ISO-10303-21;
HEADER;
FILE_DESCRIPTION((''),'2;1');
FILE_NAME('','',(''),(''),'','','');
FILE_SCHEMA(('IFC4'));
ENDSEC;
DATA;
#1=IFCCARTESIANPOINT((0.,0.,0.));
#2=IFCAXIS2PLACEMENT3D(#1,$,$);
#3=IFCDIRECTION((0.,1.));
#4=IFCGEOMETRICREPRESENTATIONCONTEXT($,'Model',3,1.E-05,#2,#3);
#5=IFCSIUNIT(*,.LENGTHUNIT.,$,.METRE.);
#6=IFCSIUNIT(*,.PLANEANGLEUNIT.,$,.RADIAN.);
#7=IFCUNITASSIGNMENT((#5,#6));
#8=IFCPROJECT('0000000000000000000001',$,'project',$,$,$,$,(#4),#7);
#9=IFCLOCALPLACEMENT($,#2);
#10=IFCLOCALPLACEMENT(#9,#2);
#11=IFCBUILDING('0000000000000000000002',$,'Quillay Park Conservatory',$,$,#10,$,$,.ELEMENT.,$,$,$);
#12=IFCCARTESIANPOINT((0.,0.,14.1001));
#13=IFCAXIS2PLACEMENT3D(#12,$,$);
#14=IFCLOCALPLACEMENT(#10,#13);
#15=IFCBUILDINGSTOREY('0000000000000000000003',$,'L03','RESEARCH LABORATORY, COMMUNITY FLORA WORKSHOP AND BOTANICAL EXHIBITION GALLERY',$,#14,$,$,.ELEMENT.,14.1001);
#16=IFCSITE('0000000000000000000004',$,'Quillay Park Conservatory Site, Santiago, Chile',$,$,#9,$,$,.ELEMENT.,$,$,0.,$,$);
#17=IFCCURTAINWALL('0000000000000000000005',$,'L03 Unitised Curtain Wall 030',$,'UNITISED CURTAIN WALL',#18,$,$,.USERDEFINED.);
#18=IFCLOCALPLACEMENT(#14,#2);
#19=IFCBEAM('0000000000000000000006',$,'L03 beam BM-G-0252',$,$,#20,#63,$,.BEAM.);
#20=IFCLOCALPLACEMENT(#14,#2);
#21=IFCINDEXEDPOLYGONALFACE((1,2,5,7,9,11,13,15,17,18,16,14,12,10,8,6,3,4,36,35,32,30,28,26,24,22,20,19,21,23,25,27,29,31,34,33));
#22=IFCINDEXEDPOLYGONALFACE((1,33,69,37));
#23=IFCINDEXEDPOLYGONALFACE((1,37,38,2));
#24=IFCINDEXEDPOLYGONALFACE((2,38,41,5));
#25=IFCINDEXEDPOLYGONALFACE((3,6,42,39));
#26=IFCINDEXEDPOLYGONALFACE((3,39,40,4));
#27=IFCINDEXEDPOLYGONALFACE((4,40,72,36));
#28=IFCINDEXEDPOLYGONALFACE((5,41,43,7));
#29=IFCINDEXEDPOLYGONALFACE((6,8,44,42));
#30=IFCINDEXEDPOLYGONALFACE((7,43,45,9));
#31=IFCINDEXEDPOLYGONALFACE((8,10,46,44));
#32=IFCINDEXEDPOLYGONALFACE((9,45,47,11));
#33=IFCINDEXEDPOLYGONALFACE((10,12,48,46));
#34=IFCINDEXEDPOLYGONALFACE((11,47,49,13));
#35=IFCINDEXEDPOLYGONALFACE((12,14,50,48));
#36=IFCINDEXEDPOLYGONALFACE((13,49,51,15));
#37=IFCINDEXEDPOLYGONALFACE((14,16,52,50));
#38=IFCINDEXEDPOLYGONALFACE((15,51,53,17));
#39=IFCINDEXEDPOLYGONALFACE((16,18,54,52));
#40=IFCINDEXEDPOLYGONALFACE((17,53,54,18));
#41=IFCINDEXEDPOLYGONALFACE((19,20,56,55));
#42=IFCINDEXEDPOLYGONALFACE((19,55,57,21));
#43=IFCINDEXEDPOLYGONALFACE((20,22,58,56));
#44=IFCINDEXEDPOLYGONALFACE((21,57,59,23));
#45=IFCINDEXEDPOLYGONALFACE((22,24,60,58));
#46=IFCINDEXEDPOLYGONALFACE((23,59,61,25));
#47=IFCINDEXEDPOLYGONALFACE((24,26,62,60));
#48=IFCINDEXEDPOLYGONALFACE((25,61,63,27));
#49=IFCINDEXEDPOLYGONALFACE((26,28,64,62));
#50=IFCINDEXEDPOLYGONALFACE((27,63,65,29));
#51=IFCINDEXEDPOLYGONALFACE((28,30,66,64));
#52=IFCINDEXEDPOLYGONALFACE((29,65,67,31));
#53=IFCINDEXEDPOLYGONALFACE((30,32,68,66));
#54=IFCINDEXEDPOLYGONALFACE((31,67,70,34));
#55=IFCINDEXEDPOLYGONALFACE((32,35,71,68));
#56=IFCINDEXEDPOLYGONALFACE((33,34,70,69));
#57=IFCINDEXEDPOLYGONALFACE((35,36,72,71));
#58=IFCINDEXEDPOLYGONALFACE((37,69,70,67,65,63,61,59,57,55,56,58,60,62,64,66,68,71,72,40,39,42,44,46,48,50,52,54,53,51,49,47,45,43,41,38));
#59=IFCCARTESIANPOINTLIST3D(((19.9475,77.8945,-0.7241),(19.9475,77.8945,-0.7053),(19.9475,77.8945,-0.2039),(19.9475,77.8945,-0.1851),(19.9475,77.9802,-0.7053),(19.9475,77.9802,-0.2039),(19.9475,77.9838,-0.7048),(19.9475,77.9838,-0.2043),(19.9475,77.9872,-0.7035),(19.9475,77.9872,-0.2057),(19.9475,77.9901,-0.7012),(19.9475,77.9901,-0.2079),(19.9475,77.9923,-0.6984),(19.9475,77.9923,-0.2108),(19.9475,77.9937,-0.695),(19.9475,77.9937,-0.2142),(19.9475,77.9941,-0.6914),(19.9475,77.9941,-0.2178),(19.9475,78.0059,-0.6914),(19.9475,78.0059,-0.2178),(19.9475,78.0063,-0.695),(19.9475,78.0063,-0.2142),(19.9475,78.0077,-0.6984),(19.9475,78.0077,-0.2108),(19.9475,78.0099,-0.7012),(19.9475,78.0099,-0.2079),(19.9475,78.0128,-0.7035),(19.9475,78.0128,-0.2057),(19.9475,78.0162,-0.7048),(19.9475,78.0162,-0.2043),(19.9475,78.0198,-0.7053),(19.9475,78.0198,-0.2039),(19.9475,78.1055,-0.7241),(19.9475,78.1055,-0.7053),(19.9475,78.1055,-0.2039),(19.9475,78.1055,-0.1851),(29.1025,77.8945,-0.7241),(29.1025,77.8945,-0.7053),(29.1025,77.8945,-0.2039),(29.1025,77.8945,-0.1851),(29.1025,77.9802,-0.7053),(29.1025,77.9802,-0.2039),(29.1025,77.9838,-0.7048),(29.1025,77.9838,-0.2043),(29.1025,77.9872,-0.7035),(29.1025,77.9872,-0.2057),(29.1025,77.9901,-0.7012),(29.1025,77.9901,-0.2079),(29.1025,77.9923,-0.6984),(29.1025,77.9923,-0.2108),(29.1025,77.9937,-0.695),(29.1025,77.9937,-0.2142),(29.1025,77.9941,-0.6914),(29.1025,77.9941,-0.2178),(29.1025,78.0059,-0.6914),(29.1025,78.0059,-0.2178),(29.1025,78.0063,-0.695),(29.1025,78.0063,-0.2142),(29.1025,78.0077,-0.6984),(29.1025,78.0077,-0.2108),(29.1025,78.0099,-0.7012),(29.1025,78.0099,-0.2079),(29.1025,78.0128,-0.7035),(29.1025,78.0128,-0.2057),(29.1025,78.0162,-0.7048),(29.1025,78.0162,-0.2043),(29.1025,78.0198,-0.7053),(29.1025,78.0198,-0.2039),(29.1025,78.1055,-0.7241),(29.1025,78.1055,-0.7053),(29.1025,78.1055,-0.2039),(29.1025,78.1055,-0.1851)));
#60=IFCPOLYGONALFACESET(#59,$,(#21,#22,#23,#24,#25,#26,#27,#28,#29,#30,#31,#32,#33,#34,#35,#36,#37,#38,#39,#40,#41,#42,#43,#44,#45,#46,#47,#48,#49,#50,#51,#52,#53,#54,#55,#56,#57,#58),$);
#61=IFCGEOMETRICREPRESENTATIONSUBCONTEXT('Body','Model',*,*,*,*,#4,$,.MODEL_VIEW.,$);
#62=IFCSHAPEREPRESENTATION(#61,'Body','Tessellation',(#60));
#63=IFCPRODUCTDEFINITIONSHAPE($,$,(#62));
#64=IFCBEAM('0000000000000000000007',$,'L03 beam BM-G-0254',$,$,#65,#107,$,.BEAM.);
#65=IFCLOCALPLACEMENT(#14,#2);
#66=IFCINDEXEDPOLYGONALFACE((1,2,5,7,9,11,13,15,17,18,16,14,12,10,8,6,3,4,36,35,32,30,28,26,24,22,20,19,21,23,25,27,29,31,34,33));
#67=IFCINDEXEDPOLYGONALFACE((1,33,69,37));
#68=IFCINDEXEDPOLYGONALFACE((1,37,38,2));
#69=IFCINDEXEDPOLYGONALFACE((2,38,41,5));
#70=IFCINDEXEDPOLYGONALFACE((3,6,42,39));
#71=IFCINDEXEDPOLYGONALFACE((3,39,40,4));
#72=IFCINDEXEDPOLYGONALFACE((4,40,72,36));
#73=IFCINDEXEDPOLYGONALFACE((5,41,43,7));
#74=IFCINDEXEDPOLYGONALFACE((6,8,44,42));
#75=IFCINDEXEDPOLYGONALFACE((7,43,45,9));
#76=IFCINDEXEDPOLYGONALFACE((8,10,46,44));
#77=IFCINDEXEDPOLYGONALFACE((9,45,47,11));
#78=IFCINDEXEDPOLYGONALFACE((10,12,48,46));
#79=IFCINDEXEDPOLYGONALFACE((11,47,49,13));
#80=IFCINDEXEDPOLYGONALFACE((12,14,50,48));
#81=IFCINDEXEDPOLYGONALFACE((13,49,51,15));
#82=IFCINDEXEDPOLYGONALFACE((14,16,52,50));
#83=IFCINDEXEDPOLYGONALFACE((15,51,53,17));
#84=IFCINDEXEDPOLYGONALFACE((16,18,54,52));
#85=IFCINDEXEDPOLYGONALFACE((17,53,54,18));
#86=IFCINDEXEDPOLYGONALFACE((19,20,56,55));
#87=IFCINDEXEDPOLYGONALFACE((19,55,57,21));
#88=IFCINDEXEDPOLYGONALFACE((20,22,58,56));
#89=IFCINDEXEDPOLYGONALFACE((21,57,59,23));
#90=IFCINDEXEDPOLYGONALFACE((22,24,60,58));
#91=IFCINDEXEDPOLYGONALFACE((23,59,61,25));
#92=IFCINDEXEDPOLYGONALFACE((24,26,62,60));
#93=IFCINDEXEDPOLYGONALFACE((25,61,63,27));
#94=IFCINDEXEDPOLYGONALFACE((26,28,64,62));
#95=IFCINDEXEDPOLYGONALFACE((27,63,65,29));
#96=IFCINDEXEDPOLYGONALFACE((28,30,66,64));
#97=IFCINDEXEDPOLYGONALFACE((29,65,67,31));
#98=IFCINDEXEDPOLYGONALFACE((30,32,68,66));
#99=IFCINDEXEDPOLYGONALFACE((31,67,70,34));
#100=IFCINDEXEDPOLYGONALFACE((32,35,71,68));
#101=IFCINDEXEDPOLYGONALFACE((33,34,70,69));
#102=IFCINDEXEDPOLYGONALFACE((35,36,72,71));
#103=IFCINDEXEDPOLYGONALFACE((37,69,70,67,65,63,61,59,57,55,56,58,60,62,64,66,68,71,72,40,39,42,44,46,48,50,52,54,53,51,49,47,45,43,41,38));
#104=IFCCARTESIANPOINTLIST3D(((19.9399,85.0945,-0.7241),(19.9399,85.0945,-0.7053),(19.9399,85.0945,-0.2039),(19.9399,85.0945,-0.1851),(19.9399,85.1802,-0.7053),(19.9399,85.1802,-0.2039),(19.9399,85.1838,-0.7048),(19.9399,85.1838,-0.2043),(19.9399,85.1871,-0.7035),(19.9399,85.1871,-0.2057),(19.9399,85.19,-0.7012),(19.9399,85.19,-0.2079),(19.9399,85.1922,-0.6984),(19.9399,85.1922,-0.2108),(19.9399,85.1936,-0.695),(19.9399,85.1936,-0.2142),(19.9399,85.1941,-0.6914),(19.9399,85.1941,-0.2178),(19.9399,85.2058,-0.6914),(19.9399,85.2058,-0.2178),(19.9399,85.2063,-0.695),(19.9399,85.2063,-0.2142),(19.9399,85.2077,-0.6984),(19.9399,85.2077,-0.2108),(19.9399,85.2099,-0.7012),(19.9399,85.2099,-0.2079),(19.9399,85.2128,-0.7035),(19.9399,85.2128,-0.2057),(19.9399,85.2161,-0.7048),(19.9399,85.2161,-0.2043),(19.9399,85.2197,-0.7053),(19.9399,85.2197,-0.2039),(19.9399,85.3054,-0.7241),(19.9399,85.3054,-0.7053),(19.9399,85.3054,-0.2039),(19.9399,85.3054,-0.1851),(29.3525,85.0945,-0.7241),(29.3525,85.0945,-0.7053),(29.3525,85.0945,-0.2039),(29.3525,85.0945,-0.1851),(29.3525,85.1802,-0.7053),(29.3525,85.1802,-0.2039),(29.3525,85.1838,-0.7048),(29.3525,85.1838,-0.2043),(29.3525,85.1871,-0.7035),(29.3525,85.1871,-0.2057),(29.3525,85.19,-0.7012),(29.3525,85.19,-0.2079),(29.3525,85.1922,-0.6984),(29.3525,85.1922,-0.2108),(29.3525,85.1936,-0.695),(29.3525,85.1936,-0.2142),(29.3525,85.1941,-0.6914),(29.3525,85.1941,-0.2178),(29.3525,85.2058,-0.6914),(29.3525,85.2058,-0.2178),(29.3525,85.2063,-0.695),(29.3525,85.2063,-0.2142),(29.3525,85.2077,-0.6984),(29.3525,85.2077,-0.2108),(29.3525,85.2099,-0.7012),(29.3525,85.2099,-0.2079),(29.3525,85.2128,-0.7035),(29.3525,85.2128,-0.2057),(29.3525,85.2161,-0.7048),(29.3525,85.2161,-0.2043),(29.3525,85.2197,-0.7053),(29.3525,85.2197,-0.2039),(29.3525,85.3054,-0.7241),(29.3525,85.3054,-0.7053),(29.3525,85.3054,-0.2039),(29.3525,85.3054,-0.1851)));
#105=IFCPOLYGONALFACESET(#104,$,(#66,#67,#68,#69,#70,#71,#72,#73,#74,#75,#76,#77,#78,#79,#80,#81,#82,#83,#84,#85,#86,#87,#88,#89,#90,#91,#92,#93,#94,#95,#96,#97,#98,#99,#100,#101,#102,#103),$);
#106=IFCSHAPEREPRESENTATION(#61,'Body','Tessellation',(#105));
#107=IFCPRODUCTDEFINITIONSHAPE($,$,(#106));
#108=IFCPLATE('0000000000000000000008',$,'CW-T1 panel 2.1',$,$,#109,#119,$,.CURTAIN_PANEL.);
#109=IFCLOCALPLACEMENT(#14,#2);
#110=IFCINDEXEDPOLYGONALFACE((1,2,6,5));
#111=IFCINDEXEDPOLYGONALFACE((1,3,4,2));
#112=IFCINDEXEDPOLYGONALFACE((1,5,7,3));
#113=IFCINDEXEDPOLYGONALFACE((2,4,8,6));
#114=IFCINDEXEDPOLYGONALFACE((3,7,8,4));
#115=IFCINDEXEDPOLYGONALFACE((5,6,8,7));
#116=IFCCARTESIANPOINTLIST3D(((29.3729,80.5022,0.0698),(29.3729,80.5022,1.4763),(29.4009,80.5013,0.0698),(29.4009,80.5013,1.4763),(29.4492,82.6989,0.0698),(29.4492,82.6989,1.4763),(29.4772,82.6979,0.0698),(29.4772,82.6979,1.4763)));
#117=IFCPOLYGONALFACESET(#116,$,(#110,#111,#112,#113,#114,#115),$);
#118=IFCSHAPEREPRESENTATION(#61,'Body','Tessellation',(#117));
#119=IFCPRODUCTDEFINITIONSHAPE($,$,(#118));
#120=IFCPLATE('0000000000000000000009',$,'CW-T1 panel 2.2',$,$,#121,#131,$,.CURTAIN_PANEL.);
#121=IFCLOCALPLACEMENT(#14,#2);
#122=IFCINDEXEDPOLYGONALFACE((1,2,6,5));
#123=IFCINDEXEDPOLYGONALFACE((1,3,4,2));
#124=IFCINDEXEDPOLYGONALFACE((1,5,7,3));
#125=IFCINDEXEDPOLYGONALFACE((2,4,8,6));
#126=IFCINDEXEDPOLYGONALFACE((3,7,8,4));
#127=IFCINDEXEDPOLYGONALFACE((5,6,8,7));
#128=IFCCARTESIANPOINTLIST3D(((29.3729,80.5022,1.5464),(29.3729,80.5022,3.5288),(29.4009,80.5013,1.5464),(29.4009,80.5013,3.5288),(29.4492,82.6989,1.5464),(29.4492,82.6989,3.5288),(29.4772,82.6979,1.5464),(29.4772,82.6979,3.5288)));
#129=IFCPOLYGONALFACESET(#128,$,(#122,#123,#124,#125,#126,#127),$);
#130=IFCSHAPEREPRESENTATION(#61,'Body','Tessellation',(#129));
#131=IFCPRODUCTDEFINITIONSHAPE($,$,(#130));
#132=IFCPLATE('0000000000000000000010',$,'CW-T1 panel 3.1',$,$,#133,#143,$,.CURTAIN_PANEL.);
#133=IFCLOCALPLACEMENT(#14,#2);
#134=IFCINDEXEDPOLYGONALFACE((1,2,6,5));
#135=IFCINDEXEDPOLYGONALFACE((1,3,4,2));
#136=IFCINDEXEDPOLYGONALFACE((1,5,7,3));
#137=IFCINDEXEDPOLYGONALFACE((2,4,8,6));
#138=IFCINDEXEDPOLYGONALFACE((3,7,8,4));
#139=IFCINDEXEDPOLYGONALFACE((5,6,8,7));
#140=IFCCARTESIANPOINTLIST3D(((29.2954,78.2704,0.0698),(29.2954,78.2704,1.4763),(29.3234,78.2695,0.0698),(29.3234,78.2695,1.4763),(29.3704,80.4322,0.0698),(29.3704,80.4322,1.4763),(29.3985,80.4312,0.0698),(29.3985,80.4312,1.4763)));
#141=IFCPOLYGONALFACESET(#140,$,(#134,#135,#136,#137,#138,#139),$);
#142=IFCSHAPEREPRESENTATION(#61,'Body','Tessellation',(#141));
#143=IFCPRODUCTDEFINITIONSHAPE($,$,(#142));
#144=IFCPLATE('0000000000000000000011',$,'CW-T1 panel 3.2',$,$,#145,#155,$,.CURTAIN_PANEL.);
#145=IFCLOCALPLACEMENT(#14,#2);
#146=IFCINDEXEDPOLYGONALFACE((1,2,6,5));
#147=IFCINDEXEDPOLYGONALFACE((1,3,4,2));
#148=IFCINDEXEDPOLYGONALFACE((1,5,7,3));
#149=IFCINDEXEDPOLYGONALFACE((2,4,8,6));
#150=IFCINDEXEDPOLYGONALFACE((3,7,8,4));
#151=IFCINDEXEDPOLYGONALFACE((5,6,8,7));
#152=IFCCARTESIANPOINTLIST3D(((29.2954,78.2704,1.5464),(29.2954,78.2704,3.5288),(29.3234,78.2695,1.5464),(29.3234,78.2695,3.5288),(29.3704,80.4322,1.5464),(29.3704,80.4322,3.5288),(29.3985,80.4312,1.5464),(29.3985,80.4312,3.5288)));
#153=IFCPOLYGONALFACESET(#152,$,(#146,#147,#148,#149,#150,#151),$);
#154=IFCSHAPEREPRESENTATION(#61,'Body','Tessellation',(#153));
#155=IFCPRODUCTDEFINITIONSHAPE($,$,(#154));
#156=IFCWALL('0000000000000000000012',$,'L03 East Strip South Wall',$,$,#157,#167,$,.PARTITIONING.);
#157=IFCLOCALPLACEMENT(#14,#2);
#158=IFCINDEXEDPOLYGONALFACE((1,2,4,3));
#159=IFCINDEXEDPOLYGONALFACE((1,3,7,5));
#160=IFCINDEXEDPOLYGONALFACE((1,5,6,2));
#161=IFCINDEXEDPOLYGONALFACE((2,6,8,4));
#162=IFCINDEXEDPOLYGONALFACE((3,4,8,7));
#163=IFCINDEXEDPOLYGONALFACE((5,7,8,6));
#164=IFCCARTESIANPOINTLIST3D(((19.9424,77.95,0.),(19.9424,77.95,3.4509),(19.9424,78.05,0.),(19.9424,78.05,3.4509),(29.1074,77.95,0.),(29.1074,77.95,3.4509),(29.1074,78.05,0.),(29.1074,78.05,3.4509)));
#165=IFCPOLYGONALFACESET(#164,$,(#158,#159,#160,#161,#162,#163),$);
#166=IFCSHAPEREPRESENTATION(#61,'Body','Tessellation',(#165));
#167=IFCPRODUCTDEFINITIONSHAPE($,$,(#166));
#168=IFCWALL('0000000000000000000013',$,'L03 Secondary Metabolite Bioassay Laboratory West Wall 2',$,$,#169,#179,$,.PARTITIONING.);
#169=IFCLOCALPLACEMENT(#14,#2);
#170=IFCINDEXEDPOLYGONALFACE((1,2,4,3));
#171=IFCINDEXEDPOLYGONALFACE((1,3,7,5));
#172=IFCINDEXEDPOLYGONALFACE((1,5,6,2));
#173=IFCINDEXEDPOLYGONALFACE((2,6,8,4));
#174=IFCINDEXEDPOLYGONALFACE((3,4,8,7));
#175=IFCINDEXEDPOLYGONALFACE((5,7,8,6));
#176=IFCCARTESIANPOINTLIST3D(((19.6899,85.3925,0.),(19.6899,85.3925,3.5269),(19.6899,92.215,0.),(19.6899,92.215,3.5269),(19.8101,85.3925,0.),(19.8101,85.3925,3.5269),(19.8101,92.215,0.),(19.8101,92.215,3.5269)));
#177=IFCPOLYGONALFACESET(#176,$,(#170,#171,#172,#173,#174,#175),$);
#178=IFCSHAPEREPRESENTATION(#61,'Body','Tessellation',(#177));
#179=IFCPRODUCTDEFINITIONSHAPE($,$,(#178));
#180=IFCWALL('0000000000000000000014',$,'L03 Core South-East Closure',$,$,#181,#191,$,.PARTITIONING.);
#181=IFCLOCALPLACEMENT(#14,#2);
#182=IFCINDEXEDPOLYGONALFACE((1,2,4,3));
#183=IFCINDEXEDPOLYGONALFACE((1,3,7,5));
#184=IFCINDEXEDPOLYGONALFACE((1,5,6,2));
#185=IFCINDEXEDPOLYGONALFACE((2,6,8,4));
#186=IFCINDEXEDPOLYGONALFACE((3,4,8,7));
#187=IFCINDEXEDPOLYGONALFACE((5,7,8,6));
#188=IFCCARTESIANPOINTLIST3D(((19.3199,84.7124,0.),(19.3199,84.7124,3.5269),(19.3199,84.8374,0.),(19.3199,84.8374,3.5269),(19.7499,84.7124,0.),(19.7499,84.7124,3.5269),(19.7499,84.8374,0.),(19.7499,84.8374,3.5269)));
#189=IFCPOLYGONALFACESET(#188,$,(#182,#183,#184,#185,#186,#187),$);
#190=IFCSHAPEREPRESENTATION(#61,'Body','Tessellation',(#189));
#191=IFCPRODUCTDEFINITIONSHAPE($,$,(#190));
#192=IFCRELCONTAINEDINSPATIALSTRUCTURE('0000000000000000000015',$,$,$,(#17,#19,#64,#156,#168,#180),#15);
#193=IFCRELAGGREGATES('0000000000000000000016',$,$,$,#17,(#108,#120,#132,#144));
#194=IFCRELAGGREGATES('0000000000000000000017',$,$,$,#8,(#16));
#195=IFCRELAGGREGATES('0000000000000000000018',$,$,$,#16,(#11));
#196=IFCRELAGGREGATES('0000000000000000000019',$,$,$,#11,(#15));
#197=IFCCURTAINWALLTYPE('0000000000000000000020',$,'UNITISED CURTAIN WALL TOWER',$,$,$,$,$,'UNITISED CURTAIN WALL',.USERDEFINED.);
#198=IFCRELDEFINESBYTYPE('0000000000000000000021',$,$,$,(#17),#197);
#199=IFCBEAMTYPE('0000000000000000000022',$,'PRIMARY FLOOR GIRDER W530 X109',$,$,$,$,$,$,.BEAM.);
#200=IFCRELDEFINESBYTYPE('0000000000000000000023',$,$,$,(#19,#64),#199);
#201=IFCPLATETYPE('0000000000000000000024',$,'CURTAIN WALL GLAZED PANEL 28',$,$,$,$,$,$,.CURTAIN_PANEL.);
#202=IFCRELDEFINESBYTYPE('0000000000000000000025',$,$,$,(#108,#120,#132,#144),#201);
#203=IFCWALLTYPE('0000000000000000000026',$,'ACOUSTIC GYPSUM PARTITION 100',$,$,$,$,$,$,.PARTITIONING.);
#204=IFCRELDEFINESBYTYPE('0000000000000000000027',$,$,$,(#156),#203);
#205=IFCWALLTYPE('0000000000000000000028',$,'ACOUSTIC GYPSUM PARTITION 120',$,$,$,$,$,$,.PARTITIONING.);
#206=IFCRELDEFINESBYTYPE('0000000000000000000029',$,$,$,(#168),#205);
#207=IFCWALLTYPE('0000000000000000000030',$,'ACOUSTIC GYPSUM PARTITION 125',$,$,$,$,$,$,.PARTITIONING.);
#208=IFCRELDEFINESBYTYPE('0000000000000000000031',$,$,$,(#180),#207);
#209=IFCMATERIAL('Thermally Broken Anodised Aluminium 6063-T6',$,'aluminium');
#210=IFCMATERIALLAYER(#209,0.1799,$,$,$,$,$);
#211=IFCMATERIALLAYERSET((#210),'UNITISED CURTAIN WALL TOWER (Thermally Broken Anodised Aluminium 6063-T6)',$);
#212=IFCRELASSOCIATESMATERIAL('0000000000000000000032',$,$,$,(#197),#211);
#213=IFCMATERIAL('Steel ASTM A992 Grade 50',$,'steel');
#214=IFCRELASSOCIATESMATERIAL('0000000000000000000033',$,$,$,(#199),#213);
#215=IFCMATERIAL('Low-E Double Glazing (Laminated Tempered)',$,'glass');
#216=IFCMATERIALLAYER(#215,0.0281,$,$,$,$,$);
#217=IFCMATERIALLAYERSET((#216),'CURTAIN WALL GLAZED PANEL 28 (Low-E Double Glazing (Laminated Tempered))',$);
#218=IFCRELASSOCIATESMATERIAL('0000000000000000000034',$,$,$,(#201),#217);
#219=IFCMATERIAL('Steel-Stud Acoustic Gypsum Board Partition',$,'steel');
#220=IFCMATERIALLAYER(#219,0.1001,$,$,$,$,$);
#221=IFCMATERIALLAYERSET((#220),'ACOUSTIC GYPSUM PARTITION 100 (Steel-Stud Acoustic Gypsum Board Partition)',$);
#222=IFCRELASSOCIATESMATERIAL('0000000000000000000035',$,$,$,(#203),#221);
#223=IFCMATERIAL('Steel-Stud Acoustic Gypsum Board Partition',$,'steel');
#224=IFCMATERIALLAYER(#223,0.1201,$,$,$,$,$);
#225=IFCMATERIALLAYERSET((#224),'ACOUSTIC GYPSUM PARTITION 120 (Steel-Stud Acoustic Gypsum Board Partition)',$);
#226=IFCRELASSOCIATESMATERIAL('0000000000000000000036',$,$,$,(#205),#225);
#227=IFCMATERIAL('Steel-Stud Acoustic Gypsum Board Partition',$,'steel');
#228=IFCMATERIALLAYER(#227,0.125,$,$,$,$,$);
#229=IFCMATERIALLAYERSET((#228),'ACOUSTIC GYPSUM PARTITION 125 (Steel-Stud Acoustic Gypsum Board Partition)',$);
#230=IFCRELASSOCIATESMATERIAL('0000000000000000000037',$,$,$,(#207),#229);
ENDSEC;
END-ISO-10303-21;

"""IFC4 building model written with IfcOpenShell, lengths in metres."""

from ifc_helpers import new_model, si_unit, direction, frame, frame_2d, origin, origin_2d, place, context, subcontext, project, spatial, rectangle, i_section, extrude, material, layer, layer_set, material_profile, profile_set, type_object, element, aggregate, save


model = new_model("IFC4")

# Units and contexts
model_context = context("Model", 3, precision=1e-05, world=origin(), true_north=direction((0.0, 1.0)))
body_context = subcontext(model_context, "Body", "Model", "MODEL_VIEW")
ifc_project = project(units=[si_unit("LENGTHUNIT", "METRE"), si_unit("PLANEANGLEUNIT", "RADIAN")], contexts=[model_context])

# Site, building, storey
site_placement = place(None, origin())
site = spatial("IfcSite", under=ifc_project, at=site_placement, Name="Quillay Park Conservatory Site, Santiago, Chile", CompositionType="ELEMENT", RefElevation=0.0)
building_placement = place(site_placement, origin())
building = spatial("IfcBuilding", under=site, at=building_placement, Name="Quillay Park Conservatory", CompositionType="ELEMENT")
storey_placement = place(building_placement, frame((0.0, 0.0, 14.1001)))
storey = spatial("IfcBuildingStorey", under=building, at=storey_placement, Name="L03", Description="RESEARCH LABORATORY, COMMUNITY FLORA WORKSHOP AND BOTANICAL EXHIBITION GALLERY", CompositionType="ELEMENT", Elevation=14.1001)

# Curtain wall
ifc_material_1 = material(Name="Thermally Broken Anodised Aluminium 6063-T6", Category="aluminium")
ifc_layer_1 = layer(ifc_material_1, 0.1799)
ifc_layer_set_1 = layer_set([ifc_layer_1], Name="UNITISED CURTAIN WALL TOWER (Thermally Broken Anodised Aluminium 6063-T6)")
curtain_wall_type = type_object("IfcCurtainWallType", Name="UNITISED CURTAIN WALL TOWER", ElementType="UNITISED CURTAIN WALL", PredefinedType="USERDEFINED", material=ifc_layer_set_1)
curtain_wall_placement = place(storey_placement, origin())
curtain_wall = element("IfcCurtainWall", 1, at=curtain_wall_placement, inside=storey, type_object=curtain_wall_type, Name="L03 Unitised Curtain Wall 030", ObjectType="UNITISED CURTAIN WALL", PredefinedType="USERDEFINED")

# Beams
ifc_material_2 = material(Name="Steel ASTM A992 Grade 50", Category="steel")
ifc_material_profile_1 = material_profile(ifc_material_2, i_section(OverallWidth=0.2109, OverallDepth=0.5391, WebThickness=0.0117, FlangeThickness=0.0188, FilletRadius=0.0139, at=origin_2d()), Name="W530x109")
ifc_profile_set_1 = profile_set([ifc_material_profile_1], Name="Steel ASTM A992 Grade 50")
beam_type_1 = type_object("IfcBeamType", Name="PRIMARY FLOOR GIRDER W530 X109", PredefinedType="BEAM", material=ifc_profile_set_1)
beam_1_placement = place(storey_placement, frame((19.9475, 78.0, -0.4546), z_axis=(1.0, 0.0, 0.0), x_axis=(0.0, 1.0, 0.0)))
element("IfcBeam", 2, at=beam_1_placement, inside=storey, type_object=beam_type_1, Name="L03 beam BM-G-0252", PredefinedType="BEAM", context=body_context, shape_type="SweptSolid", body=[
    extrude(i_section(OverallWidth=0.2109, OverallDepth=0.5391, WebThickness=0.0117, FlangeThickness=0.0188, FilletRadius=0.0139, at=origin_2d()), origin(), (0.0, 0.0, 1.0), 9.155),
])
beam_2_placement = place(storey_placement, frame((19.9399, 85.2, -0.4546), z_axis=(1.0, 0.0, 0.0), x_axis=(0.0, 1.0, 0.0)))
element("IfcBeam", 3, at=beam_2_placement, inside=storey, type_object=beam_type_1, Name="L03 beam BM-G-0254", PredefinedType="BEAM", context=body_context, shape_type="SweptSolid", body=[
    extrude(i_section(OverallWidth=0.2109, OverallDepth=0.5391, WebThickness=0.0117, FlangeThickness=0.0188, FilletRadius=0.0139, at=origin_2d()), origin(), (0.0, 0.0, 1.0), 9.4126),
])

# Plates
ifc_material_3 = material(Name="Low-E Double Glazing (Laminated Tempered)", Category="glass")
ifc_layer_2 = layer(ifc_material_3, 0.0281)
ifc_layer_set_2 = layer_set([ifc_layer_2], Name="CURTAIN WALL GLAZED PANEL 28 (Low-E Double Glazing (Laminated Tempered))")
plate_type = type_object("IfcPlateType", Name="CURTAIN WALL GLAZED PANEL 28", PredefinedType="CURTAIN_PANEL", material=ifc_layer_set_2)
plate_1_placement = place(storey_placement, frame((29.425, 81.6001, 0.0698), z_axis=(0.0, 0.0, 1.0), x_axis=(-0.034713, -0.999397, 0.0)))
plate_1 = element("IfcPlate", 4, at=plate_1_placement, type_object=plate_type, Name="CW-T1 panel 2.1", PredefinedType="CURTAIN_PANEL", context=body_context, shape_type="SweptSolid", body=[
    extrude(rectangle(XDim=2.198, YDim=0.0281, at=origin_2d()), origin(), (0.0, 0.0, 1.0), 1.4065),
])
plate_2_placement = place(storey_placement, frame((29.425, 81.6001, 1.5464), z_axis=(0.0, 0.0, 1.0), x_axis=(-0.034713, -0.999397, 0.0)))
plate_2 = element("IfcPlate", 5, at=plate_2_placement, type_object=plate_type, Name="CW-T1 panel 2.2", PredefinedType="CURTAIN_PANEL", context=body_context, shape_type="SweptSolid", body=[
    extrude(rectangle(XDim=2.198, YDim=0.0281, at=origin_2d()), origin(), (0.0, 0.0, 1.0), 1.9824),
])
plate_3_placement = place(storey_placement, frame((29.3469, 79.3508, 0.0698), z_axis=(0.0, 0.0, 1.0), x_axis=(-0.034713, -0.999397, 0.0)))
plate_3 = element("IfcPlate", 6, at=plate_3_placement, type_object=plate_type, Name="CW-T1 panel 3.1", PredefinedType="CURTAIN_PANEL", context=body_context, shape_type="SweptSolid", body=[
    extrude(rectangle(XDim=2.1631, YDim=0.0281, at=origin_2d()), origin(), (0.0, 0.0, 1.0), 1.4065),
])
plate_4_placement = place(storey_placement, frame((29.3469, 79.3508, 1.5464), z_axis=(0.0, 0.0, 1.0), x_axis=(-0.034713, -0.999397, 0.0)))
plate_4 = element("IfcPlate", 7, at=plate_4_placement, type_object=plate_type, Name="CW-T1 panel 3.2", PredefinedType="CURTAIN_PANEL", context=body_context, shape_type="SweptSolid", body=[
    extrude(rectangle(XDim=2.1631, YDim=0.0281, at=origin_2d()), origin(), (0.0, 0.0, 1.0), 1.9824),
])
aggregate(curtain_wall, [plate_1, plate_2, plate_3, plate_4])

# Walls
ifc_material_4 = material(Name="Steel-Stud Acoustic Gypsum Board Partition", Category="steel")
ifc_layer_3 = layer(ifc_material_4, 0.1001)
ifc_layer_set_3 = layer_set([ifc_layer_3], Name="ACOUSTIC GYPSUM PARTITION 100 (Steel-Stud Acoustic Gypsum Board Partition)")
wall_type_1 = type_object("IfcWallType", Name="ACOUSTIC GYPSUM PARTITION 100", PredefinedType="PARTITIONING", material=ifc_layer_set_3)
wall_1_placement = place(storey_placement, frame((29.1074, 78.0, 0.0), z_axis=(0.0, 0.0, 1.0), x_axis=(-1.0, 0.0, 0.0)))
element("IfcWall", 8, at=wall_1_placement, inside=storey, type_object=wall_type_1, Name="L03 East Strip South Wall", PredefinedType="PARTITIONING", context=body_context, shape_type="SweptSolid", body=[
    extrude(rectangle(XDim=9.165, YDim=0.1001, at=frame_2d((4.5825, 0.0))), origin(), (0.0, 0.0, 1.0), 3.4509),
])
ifc_material_5 = material(Name="Steel-Stud Acoustic Gypsum Board Partition", Category="steel")
ifc_layer_4 = layer(ifc_material_5, 0.1201)
ifc_layer_set_4 = layer_set([ifc_layer_4], Name="ACOUSTIC GYPSUM PARTITION 120 (Steel-Stud Acoustic Gypsum Board Partition)")
wall_type_2 = type_object("IfcWallType", Name="ACOUSTIC GYPSUM PARTITION 120", PredefinedType="PARTITIONING", material=ifc_layer_set_4)
wall_2_placement = place(storey_placement, frame((19.75, 85.3926, 0.0), z_axis=(0.0, 0.0, 1.0), x_axis=(0.0, 1.0, 0.0)))
element("IfcWall", 9, at=wall_2_placement, inside=storey, type_object=wall_type_2, Name="L03 Secondary Metabolite Bioassay Laboratory West Wall 2", PredefinedType="PARTITIONING", context=body_context, shape_type="SweptSolid", body=[
    extrude(rectangle(XDim=6.8225, YDim=0.1201, at=frame_2d((3.4111, 0.0))), origin(), (0.0, 0.0, 1.0), 3.5269),
])
ifc_material_6 = material(Name="Steel-Stud Acoustic Gypsum Board Partition", Category="steel")
ifc_layer_5 = layer(ifc_material_6, 0.125)
ifc_layer_set_5 = layer_set([ifc_layer_5], Name="ACOUSTIC GYPSUM PARTITION 125 (Steel-Stud Acoustic Gypsum Board Partition)")
wall_type_3 = type_object("IfcWallType", Name="ACOUSTIC GYPSUM PARTITION 125", PredefinedType="PARTITIONING", material=ifc_layer_set_5)
wall_3_placement = place(storey_placement, frame((19.3201, 84.7749, 0.0), z_axis=(0.0, 0.0, 1.0), x_axis=(1.0, 0.0, 0.0)))
element("IfcWall", 10, at=wall_3_placement, inside=storey, type_object=wall_type_3, Name="L03 Core South-East Closure", PredefinedType="PARTITIONING", context=body_context, shape_type="SweptSolid", body=[
    extrude(rectangle(XDim=0.4299, YDim=0.125, at=frame_2d((0.2148, 0.0))), origin(), (0.0, 0.0, 1.0), 3.5269),
])

save(model, "model.ifc")
